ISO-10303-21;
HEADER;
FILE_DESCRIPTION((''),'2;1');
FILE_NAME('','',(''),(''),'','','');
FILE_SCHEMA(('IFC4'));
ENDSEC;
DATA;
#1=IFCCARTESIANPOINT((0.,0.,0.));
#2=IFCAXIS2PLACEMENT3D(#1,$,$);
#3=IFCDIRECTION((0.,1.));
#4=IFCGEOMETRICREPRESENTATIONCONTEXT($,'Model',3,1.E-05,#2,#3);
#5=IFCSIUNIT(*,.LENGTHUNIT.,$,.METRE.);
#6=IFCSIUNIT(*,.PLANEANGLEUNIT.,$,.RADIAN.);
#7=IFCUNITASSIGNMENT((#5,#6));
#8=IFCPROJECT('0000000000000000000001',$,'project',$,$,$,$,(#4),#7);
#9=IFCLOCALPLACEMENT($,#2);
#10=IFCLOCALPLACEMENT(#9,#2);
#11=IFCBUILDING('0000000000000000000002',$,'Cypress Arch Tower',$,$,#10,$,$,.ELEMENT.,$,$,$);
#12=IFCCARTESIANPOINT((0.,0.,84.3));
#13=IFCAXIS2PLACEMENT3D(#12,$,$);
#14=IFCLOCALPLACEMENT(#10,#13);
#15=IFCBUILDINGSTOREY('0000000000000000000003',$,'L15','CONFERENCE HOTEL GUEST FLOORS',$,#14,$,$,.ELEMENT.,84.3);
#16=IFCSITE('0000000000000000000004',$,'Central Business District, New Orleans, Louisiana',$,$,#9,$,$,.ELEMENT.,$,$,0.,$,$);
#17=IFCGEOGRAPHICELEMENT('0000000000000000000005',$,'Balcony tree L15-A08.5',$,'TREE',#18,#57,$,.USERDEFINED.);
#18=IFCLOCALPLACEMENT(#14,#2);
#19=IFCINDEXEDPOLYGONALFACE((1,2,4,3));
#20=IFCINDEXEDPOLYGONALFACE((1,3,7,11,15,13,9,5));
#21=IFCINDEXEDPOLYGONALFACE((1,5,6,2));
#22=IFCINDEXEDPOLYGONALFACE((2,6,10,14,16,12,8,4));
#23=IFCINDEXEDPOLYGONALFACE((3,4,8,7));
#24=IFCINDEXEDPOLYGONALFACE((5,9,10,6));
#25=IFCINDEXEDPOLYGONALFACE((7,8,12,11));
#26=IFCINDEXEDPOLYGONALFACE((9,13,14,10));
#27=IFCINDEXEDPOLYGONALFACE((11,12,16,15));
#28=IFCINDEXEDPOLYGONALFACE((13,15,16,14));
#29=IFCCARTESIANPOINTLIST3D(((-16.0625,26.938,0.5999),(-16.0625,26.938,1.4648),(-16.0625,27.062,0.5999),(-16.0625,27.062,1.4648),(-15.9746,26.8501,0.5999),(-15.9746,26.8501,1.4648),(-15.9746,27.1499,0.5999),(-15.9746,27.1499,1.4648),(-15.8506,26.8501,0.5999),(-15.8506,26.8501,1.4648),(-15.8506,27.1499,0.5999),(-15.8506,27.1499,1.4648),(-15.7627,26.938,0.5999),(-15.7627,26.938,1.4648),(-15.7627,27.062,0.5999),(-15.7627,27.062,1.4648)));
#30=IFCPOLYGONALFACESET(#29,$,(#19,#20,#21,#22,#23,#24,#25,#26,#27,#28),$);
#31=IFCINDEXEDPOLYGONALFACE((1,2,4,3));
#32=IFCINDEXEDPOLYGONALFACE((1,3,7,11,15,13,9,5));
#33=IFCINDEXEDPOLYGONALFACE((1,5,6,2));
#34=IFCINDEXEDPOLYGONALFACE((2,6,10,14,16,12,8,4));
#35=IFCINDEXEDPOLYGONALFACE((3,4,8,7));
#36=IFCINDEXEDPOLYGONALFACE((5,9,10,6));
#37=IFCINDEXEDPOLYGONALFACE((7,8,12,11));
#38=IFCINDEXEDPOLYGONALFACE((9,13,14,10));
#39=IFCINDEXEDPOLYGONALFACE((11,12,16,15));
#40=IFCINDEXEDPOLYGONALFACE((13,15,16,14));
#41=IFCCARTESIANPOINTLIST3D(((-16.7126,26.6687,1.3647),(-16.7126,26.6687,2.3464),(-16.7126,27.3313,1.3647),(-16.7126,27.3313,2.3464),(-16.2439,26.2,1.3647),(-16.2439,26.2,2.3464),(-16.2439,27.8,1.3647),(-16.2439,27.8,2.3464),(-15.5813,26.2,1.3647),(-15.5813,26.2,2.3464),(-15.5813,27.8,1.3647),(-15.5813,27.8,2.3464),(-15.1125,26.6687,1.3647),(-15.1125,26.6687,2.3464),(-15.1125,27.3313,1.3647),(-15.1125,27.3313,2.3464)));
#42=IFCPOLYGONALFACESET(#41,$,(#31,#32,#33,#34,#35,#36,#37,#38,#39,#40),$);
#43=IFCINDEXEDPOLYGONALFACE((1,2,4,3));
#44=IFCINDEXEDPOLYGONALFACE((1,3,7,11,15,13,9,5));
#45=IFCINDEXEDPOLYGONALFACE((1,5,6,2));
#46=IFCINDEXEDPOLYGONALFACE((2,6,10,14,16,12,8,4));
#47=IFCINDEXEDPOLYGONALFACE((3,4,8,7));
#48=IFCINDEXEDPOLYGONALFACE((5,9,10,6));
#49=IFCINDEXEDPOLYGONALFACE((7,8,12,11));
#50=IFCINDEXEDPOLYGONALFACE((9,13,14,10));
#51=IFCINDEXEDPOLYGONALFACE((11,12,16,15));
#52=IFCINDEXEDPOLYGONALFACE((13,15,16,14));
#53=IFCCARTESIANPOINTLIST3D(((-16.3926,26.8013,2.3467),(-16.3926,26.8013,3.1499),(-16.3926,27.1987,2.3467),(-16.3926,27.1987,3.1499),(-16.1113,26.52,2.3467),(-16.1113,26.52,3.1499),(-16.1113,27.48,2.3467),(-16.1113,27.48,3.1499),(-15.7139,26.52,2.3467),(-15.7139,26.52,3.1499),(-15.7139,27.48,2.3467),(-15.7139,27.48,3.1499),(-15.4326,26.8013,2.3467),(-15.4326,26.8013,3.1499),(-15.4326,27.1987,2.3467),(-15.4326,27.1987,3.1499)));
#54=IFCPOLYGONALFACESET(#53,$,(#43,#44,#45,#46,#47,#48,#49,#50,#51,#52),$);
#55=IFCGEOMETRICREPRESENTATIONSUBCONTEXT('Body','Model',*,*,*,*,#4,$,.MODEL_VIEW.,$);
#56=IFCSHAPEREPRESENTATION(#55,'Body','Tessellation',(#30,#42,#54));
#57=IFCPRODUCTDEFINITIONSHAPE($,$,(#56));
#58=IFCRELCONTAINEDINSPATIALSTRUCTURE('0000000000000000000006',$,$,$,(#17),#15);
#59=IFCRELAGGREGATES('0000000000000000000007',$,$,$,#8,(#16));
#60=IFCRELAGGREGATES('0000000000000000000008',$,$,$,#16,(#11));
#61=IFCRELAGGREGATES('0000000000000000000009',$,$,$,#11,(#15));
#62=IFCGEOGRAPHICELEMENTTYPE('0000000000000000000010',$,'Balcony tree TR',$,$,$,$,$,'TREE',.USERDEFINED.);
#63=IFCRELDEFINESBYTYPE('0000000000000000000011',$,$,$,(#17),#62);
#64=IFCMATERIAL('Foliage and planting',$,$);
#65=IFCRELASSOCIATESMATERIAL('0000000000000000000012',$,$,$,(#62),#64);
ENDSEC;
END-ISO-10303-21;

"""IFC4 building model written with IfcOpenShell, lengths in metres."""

from ifc_helpers import new_model, si_unit, direction, frame, origin, place, context, subcontext, project, spatial, polyline, outline, extrude, material, type_object, element, save


model = new_model("IFC4")

# Units and contexts
model_context = context("Model", 3, precision=1e-05, world=origin(), true_north=direction((0.0, 1.0)))
body_context = subcontext(model_context, "Body", "Model", "MODEL_VIEW")
ifc_project = project(units=[si_unit("LENGTHUNIT", "METRE"), si_unit("PLANEANGLEUNIT", "RADIAN")], contexts=[model_context])

# Site, building, storey
site_placement = place(None, origin())
site = spatial("IfcSite", under=ifc_project, at=site_placement, Name="Central Business District, New Orleans, Louisiana", CompositionType="ELEMENT", RefElevation=0.0)
building_placement = place(site_placement, origin())
building = spatial("IfcBuilding", under=site, at=building_placement, Name="Cypress Arch Tower", CompositionType="ELEMENT")
storey_placement = place(building_placement, frame((0.0, 0.0, 84.3)))
storey = spatial("IfcBuildingStorey", under=building, at=storey_placement, Name="L15", Description="CONFERENCE HOTEL GUEST FLOORS", CompositionType="ELEMENT", Elevation=84.3)

# Geographic element
ifc_material_1 = material(Name="Foliage and planting")
geographic_element_type = type_object("IfcGeographicElementType", Name="Balcony tree TR", ElementType="TREE", PredefinedType="USERDEFINED", material=ifc_material_1)
geographic_element_placement = place(storey_placement, frame((-15.9126, 27.0, 0.5999), z_axis=(0.0, 0.0, 1.0), x_axis=(1.0, 0.0, 0.0)))
element("IfcGeographicElement", 1, at=geographic_element_placement, inside=storey, type_object=geographic_element_type, Name="Balcony tree L15-A08.5", ObjectType="TREE", PredefinedType="USERDEFINED", context=body_context, shape_type="SweptSolid", body=[
    extrude(outline(polyline([(0.1499, 0.062), (0.062, 0.1499), (-0.062, 0.1499), (-0.1499, 0.062), (-0.1499, -0.062), (-0.062, -0.1499), (0.062, -0.1499), (0.1499, -0.062), (0.1499, 0.062)])), origin(), (0.0, 0.0, 1.0), 0.865),
    extrude(outline(polyline([(0.8, 0.3313), (0.3313, 0.8), (-0.3313, 0.8), (-0.8, 0.3313), (-0.8, -0.3313), (-0.3313, -0.8), (0.3313, -0.8), (0.8, -0.3313), (0.8, 0.3313)])), frame((0.0, 0.0, 0.7649)), (0.0, 0.0, 1.0), 0.9817),
    extrude(outline(polyline([(0.48, 0.1987), (0.1987, 0.48), (-0.1987, 0.48), (-0.48, 0.1987), (-0.48, -0.1987), (-0.1987, -0.48), (0.1987, -0.48), (0.48, -0.1987), (0.48, 0.1987)])), frame((0.0, 0.0, 1.7468)), (0.0, 0.0, 1.0), 0.8032),
])

save(model, "model.ifc")
